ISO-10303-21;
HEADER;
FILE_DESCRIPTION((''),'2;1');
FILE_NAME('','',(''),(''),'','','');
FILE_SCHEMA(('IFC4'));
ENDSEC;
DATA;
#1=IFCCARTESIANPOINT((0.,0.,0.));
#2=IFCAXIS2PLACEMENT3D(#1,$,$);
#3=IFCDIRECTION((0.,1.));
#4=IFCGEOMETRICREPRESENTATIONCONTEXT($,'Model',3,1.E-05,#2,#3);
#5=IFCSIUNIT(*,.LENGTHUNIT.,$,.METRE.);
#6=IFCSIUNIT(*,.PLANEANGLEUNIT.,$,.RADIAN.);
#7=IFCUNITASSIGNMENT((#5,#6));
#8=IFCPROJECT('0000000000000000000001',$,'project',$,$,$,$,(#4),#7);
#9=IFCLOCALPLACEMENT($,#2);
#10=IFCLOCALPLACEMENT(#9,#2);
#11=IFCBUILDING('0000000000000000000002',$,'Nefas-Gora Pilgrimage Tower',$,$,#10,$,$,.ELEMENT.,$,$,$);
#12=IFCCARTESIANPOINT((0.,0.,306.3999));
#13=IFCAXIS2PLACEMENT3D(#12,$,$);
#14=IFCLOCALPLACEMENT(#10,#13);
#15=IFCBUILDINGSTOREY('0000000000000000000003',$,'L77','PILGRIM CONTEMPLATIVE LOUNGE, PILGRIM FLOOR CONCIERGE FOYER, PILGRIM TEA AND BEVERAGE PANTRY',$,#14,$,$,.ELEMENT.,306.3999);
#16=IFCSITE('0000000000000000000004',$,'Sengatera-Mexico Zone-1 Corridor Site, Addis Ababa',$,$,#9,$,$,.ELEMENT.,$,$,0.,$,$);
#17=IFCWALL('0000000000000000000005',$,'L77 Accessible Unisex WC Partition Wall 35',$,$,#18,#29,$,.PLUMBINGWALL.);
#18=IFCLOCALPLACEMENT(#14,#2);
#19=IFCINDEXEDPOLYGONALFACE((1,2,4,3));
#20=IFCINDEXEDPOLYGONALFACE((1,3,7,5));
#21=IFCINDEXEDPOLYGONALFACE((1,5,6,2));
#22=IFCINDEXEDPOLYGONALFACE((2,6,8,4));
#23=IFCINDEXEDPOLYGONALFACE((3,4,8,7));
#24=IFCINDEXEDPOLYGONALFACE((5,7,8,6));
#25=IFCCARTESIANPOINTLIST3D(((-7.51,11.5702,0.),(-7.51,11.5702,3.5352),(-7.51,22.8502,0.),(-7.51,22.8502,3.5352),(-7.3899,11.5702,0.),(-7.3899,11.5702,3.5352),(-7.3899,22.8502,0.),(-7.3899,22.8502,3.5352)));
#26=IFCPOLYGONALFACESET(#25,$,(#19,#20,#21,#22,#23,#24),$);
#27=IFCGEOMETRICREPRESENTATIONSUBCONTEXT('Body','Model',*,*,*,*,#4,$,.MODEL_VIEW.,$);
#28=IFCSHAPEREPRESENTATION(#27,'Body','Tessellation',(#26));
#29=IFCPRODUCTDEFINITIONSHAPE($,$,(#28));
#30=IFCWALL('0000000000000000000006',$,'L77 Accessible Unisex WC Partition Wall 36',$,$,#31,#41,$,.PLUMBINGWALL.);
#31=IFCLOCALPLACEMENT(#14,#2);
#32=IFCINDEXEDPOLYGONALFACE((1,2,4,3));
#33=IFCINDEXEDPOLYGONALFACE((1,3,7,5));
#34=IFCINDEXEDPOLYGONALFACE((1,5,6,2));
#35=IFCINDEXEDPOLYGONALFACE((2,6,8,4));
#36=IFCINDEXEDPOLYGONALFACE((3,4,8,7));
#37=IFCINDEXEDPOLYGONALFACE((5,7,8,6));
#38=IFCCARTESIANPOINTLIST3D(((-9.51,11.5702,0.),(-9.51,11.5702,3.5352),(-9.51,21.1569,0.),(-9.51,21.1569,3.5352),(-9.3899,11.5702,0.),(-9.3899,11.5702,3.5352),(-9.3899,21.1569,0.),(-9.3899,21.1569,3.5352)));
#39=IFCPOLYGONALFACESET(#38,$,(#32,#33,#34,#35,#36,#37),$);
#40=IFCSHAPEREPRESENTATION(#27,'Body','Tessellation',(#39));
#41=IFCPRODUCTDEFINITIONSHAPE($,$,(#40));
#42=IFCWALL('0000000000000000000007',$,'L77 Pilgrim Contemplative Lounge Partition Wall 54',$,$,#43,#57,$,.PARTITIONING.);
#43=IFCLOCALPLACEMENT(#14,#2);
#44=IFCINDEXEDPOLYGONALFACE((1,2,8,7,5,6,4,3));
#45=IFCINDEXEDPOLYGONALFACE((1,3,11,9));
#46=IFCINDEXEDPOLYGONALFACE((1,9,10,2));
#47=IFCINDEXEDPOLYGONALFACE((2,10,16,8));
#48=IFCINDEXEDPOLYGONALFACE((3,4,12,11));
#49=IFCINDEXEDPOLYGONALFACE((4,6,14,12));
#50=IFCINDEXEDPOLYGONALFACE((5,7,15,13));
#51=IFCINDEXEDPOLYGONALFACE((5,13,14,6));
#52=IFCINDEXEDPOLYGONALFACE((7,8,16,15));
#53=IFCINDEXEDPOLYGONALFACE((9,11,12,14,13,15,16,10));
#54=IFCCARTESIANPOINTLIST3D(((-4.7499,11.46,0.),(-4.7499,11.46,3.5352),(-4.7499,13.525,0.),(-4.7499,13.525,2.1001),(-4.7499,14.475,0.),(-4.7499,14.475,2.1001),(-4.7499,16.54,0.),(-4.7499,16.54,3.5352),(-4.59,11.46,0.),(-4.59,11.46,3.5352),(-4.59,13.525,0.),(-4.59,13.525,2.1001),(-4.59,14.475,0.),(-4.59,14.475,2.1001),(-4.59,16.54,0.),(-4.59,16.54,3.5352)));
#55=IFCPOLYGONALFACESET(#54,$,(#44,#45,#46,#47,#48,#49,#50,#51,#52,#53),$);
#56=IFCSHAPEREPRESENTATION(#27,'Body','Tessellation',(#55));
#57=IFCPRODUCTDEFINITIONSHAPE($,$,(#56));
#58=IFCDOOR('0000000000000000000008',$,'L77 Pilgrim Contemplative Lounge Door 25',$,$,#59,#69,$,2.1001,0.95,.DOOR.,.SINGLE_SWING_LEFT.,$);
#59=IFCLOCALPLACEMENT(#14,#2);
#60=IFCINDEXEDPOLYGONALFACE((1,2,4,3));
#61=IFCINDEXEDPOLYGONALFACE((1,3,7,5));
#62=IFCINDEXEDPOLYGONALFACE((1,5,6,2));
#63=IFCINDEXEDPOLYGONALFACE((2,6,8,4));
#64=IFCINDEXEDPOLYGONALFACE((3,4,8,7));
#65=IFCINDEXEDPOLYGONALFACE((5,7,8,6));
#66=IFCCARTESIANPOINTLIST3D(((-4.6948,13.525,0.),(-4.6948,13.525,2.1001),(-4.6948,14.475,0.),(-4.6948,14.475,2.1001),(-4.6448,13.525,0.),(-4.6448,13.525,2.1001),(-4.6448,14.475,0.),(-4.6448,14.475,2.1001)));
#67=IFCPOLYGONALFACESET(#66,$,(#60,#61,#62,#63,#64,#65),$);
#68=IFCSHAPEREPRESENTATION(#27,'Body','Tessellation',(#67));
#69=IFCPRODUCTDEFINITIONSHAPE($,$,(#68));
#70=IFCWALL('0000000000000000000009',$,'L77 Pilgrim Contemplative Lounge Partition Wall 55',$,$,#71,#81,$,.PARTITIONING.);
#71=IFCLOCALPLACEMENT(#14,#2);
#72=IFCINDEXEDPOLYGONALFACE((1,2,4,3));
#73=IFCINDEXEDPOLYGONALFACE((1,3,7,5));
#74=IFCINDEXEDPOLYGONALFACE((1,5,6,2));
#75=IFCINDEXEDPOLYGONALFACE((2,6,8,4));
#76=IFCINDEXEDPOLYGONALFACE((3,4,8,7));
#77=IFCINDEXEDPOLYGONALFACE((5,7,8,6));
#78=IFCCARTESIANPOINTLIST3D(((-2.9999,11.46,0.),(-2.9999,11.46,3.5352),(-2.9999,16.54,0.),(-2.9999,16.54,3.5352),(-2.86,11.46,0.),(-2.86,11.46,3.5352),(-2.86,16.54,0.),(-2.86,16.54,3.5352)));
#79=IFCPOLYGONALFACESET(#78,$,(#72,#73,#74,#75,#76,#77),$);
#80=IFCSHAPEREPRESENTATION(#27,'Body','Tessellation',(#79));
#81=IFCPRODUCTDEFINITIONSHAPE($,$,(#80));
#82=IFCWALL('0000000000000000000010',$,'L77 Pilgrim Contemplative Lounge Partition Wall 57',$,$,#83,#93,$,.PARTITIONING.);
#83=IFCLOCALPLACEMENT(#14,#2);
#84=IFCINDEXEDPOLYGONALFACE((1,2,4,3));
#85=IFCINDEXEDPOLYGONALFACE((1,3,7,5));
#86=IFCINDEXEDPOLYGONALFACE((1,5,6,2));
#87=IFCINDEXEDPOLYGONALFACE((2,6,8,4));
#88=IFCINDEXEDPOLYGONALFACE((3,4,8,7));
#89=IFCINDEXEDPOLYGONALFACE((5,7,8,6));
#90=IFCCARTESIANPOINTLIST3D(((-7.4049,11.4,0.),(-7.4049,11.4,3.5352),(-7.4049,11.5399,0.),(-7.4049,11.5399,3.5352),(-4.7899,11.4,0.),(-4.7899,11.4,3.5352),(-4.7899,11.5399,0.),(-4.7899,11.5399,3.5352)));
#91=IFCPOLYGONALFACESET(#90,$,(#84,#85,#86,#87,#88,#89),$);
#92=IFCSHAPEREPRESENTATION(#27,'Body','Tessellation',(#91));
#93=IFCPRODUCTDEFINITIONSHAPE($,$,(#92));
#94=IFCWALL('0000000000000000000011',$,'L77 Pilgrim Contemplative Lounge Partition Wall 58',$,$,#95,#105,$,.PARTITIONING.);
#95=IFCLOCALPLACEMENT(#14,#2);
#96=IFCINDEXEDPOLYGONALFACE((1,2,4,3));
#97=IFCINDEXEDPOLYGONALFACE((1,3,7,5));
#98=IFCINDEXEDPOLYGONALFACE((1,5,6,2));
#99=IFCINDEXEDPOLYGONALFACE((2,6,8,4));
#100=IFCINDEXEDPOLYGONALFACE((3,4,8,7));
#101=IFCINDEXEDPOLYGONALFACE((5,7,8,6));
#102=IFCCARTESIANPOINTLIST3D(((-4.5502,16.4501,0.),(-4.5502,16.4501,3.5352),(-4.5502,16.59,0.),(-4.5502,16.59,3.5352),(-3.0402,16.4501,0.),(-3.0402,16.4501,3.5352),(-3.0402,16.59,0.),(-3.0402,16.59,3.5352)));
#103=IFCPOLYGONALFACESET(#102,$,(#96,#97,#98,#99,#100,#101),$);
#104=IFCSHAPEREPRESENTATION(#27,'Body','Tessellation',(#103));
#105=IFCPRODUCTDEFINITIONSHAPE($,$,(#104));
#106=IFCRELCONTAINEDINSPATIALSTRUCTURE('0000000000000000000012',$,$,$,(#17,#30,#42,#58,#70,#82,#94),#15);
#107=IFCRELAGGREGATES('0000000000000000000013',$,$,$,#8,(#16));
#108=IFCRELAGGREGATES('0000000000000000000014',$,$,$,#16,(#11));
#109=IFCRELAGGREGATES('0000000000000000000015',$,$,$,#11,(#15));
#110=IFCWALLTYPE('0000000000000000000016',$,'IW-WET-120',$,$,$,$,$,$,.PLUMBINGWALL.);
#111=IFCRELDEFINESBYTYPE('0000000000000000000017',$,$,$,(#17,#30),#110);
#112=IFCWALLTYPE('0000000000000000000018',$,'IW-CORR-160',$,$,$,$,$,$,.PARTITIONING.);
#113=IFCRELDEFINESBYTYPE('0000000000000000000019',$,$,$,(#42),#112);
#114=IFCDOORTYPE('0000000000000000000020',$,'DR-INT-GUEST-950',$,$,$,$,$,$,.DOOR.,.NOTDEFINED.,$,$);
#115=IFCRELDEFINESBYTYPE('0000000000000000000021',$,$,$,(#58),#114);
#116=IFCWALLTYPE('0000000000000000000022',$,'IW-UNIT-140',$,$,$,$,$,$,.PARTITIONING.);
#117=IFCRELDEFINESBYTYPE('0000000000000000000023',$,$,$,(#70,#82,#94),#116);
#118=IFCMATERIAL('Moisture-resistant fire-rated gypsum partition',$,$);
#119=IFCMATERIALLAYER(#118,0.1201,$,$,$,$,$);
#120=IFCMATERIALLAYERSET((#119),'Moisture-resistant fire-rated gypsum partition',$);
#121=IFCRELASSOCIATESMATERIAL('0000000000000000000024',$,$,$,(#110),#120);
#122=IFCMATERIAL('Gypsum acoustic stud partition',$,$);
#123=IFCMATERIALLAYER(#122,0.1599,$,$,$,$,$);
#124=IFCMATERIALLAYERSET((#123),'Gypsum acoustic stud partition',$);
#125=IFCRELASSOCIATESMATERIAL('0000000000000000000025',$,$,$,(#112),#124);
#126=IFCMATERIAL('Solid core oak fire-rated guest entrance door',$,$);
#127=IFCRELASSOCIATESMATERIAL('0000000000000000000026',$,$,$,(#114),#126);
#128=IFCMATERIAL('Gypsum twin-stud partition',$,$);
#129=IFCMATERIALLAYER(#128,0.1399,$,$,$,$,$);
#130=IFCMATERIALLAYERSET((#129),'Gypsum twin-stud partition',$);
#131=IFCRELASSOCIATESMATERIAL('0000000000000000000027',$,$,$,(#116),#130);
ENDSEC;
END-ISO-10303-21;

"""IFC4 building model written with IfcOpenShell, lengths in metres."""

from ifc_helpers import new_model, si_unit, direction, frame, frame_2d, origin, place, context, subcontext, project, spatial, rectangle, extrude, source, transform, mapped, material, layer, layer_set, type_object, element, fill, save


model = new_model("IFC4")

# Units and contexts
model_context = context("Model", 3, precision=1e-05, world=origin(), true_north=direction((0.0, 1.0)))
body_context = subcontext(model_context, "Body", "Model", "MODEL_VIEW")
ifc_project = project(units=[si_unit("LENGTHUNIT", "METRE"), si_unit("PLANEANGLEUNIT", "RADIAN")], contexts=[model_context])

# Site, building, storey
site_placement = place(None, origin())
site = spatial("IfcSite", under=ifc_project, at=site_placement, Name="Sengatera-Mexico Zone-1 Corridor Site, Addis Ababa", CompositionType="ELEMENT", RefElevation=0.0)
building_placement = place(site_placement, origin())
building = spatial("IfcBuilding", under=site, at=building_placement, Name="Nefas-Gora Pilgrimage Tower", CompositionType="ELEMENT")
storey_placement = place(building_placement, frame((0.0, 0.0, 306.3999)))
storey = spatial("IfcBuildingStorey", under=building, at=storey_placement, Name="L77", Description="PILGRIM CONTEMPLATIVE LOUNGE, PILGRIM FLOOR CONCIERGE FOYER, PILGRIM TEA AND BEVERAGE PANTRY", CompositionType="ELEMENT", Elevation=306.3999)

# Shared definitions
ifc_material_1 = material(Name="Moisture-resistant fire-rated gypsum partition")
ifc_layer_1 = layer(ifc_material_1, 0.1201)
ifc_layer_set_1 = layer_set([ifc_layer_1], Name="Moisture-resistant fire-rated gypsum partition")
wall_type_1 = type_object("IfcWallType", Name="IW-WET-120", PredefinedType="PLUMBINGWALL", material=ifc_layer_set_1)

# Walls
shared_shape_1 = source(origin(), body_context, "Body", "SweptSolid", [
    extrude(rectangle(XDim=11.28, YDim=0.1201, at=frame_2d((5.6401, 0.0))), origin(), (0.0, 0.0, 1.0), 3.5352),
])
wall_1_placement = place(storey_placement, frame((-7.45, 11.5701, 0.0), z_axis=(0.0, 0.0, 1.0), x_axis=(0.0, 1.0, 0.0)))
element("IfcWall", 1, at=wall_1_placement, inside=storey, type_object=wall_type_1, Name="L77 Accessible Unisex WC Partition Wall 35", PredefinedType="PLUMBINGWALL", context=body_context, shape_type="MappedRepresentation", body=[
    mapped(shared_shape_1, transform((0.0, 0.0, 0.0), x_axis=(1.0, 0.0, 0.0), y_axis=(0.0, 1.0, 0.0), z_axis=(0.0, 0.0, 1.0), scale=1.0)),
])
shared_shape_2 = source(origin(), body_context, "Body", "SweptSolid", [
    extrude(rectangle(XDim=9.5867, YDim=0.1201, at=frame_2d((4.7935, 0.0))), origin(), (0.0, 0.0, 1.0), 3.5352),
])
wall_2_placement = place(storey_placement, frame((-9.45, 11.5701, 0.0), z_axis=(0.0, 0.0, 1.0), x_axis=(0.0, 1.0, 0.0)))
element("IfcWall", 2, at=wall_2_placement, inside=storey, type_object=wall_type_1, Name="L77 Accessible Unisex WC Partition Wall 36", PredefinedType="PLUMBINGWALL", context=body_context, shape_type="MappedRepresentation", body=[
    mapped(shared_shape_2, transform((0.0, 0.0, 0.0), x_axis=(1.0, 0.0, 0.0), y_axis=(0.0, 1.0, 0.0), z_axis=(0.0, 0.0, 1.0), scale=1.0)),
])

# Wall, opening, door
ifc_material_2 = material(Name="Gypsum acoustic stud partition")
ifc_layer_2 = layer(ifc_material_2, 0.1599)
ifc_layer_set_2 = layer_set([ifc_layer_2], Name="Gypsum acoustic stud partition")
wall_type_2 = type_object("IfcWallType", Name="IW-CORR-160", PredefinedType="PARTITIONING", material=ifc_layer_set_2)
shared_shape_3 = source(origin(), body_context, "Body", "SweptSolid", [
    extrude(rectangle(XDim=5.0801, YDim=0.1599, at=frame_2d((2.54, 0.0))), origin(), (0.0, 0.0, 1.0), 3.5352),
])
wall_3_placement = place(storey_placement, frame((-4.6699, 11.46, 0.0), z_axis=(0.0, 0.0, 1.0), x_axis=(0.0, 1.0, 0.0)))
wall_3 = element("IfcWall", 3, at=wall_3_placement, inside=storey, type_object=wall_type_2, Name="L77 Pilgrim Contemplative Lounge Partition Wall 54", PredefinedType="PARTITIONING", context=body_context, shape_type="MappedRepresentation", body=[
    mapped(shared_shape_3, transform((0.0, 0.0, 0.0), x_axis=(1.0, 0.0, 0.0), y_axis=(0.0, 1.0, 0.0), z_axis=(0.0, 0.0, 1.0), scale=1.0)),
])
opening_1_placement = place(wall_3_placement, frame((2.0649, 0.0, 0.0)))
opening_1 = element("IfcOpeningElement", 4, at=opening_1_placement, cuts=wall_3, PredefinedType="OPENING", context=body_context, shape_type="SweptSolid", body=[
    extrude(rectangle(XDim=0.95, YDim=2.1001, at=frame_2d((0.4751, 1.05))), frame((0.0, 0.0898, 0.0), z_axis=(0.0, -1.0, 0.0), x_axis=(1.0, 0.0, 0.0)), (0.0, 0.0, 1.0), 0.1799),
])
ifc_material_3 = material(Name="Solid core oak fire-rated guest entrance door")
door_type_1 = type_object("IfcDoorType", Name="DR-INT-GUEST-950", OperationType="NOTDEFINED", PredefinedType="DOOR", material=ifc_material_3)
shared_shape_4 = source(origin(), body_context, "Body", "SweptSolid", [
    extrude(rectangle(XDim=0.95, YDim=2.1001, at=frame_2d((0.4751, 1.05))), frame((0.0, 0.0249, 0.0), z_axis=(0.0, -1.0, 0.0), x_axis=(1.0, 0.0, 0.0)), (0.0, 0.0, 1.0), 0.05),
])
door_1_placement = place(opening_1_placement, origin())
door_1 = element("IfcDoor", 5, at=door_1_placement, inside=storey, type_object=door_type_1, Name="L77 Pilgrim Contemplative Lounge Door 25", OperationType="SINGLE_SWING_LEFT", OverallHeight=2.1001, OverallWidth=0.95, PredefinedType="DOOR", context=body_context, shape_type="MappedRepresentation", body=[
    mapped(shared_shape_4, transform((0.0, 0.0, 0.0), x_axis=(1.0, 0.0, 0.0), y_axis=(0.0, 1.0, 0.0), z_axis=(0.0, 0.0, 1.0), scale=1.0)),
])
fill(opening_1, door_1)

# Walls
ifc_material_4 = material(Name="Gypsum twin-stud partition")
ifc_layer_3 = layer(ifc_material_4, 0.1399)
ifc_layer_set_3 = layer_set([ifc_layer_3], Name="Gypsum twin-stud partition")
wall_type_3 = type_object("IfcWallType", Name="IW-UNIT-140", PredefinedType="PARTITIONING", material=ifc_layer_set_3)
shared_shape_5 = source(origin(), body_context, "Body", "SweptSolid", [
    extrude(rectangle(XDim=5.0801, YDim=0.1399, at=frame_2d((2.54, 0.0))), origin(), (0.0, 0.0, 1.0), 3.5352),
])
wall_4_placement = place(storey_placement, frame((-2.9299, 11.46, 0.0), z_axis=(0.0, 0.0, 1.0), x_axis=(0.0, 1.0, 0.0)))
element("IfcWall", 6, at=wall_4_placement, inside=storey, type_object=wall_type_3, Name="L77 Pilgrim Contemplative Lounge Partition Wall 55", PredefinedType="PARTITIONING", context=body_context, shape_type="MappedRepresentation", body=[
    mapped(shared_shape_5, transform((0.0, 0.0, 0.0), x_axis=(1.0, 0.0, 0.0), y_axis=(0.0, 1.0, 0.0), z_axis=(0.0, 0.0, 1.0), scale=1.0)),
])
shared_shape_6 = source(origin(), body_context, "Body", "SweptSolid", [
    extrude(rectangle(XDim=2.615, YDim=0.1399, at=frame_2d((1.3076, 0.0))), origin(), (0.0, 0.0, 1.0), 3.5352),
])
wall_5_placement = place(storey_placement, frame((-7.405, 11.47, 0.0), z_axis=(0.0, 0.0, 1.0), x_axis=(1.0, 0.0, 0.0)))
element("IfcWall", 7, at=wall_5_placement, inside=storey, type_object=wall_type_3, Name="L77 Pilgrim Contemplative Lounge Partition Wall 57", PredefinedType="PARTITIONING", context=body_context, shape_type="MappedRepresentation", body=[
    mapped(shared_shape_6, transform((0.0, 0.0, 0.0), x_axis=(1.0, 0.0, 0.0), y_axis=(0.0, 1.0, 0.0), z_axis=(0.0, 0.0, 1.0), scale=1.0)),
])
shared_shape_7 = source(origin(), body_context, "Body", "SweptSolid", [
    extrude(rectangle(XDim=1.51, YDim=0.1399, at=frame_2d((0.7549, 0.0))), origin(), (0.0, 0.0, 1.0), 3.5352),
])
wall_6_placement = place(storey_placement, frame((-4.55, 16.52, 0.0), z_axis=(0.0, 0.0, 1.0), x_axis=(1.0, 0.0, 0.0)))
element("IfcWall", 8, at=wall_6_placement, inside=storey, type_object=wall_type_3, Name="L77 Pilgrim Contemplative Lounge Partition Wall 58", PredefinedType="PARTITIONING", context=body_context, shape_type="MappedRepresentation", body=[
    mapped(shared_shape_7, transform((0.0, 0.0, 0.0), x_axis=(1.0, 0.0, 0.0), y_axis=(0.0, 1.0, 0.0), z_axis=(0.0, 0.0, 1.0), scale=1.0)),
])

save(model, "model.ifc")
